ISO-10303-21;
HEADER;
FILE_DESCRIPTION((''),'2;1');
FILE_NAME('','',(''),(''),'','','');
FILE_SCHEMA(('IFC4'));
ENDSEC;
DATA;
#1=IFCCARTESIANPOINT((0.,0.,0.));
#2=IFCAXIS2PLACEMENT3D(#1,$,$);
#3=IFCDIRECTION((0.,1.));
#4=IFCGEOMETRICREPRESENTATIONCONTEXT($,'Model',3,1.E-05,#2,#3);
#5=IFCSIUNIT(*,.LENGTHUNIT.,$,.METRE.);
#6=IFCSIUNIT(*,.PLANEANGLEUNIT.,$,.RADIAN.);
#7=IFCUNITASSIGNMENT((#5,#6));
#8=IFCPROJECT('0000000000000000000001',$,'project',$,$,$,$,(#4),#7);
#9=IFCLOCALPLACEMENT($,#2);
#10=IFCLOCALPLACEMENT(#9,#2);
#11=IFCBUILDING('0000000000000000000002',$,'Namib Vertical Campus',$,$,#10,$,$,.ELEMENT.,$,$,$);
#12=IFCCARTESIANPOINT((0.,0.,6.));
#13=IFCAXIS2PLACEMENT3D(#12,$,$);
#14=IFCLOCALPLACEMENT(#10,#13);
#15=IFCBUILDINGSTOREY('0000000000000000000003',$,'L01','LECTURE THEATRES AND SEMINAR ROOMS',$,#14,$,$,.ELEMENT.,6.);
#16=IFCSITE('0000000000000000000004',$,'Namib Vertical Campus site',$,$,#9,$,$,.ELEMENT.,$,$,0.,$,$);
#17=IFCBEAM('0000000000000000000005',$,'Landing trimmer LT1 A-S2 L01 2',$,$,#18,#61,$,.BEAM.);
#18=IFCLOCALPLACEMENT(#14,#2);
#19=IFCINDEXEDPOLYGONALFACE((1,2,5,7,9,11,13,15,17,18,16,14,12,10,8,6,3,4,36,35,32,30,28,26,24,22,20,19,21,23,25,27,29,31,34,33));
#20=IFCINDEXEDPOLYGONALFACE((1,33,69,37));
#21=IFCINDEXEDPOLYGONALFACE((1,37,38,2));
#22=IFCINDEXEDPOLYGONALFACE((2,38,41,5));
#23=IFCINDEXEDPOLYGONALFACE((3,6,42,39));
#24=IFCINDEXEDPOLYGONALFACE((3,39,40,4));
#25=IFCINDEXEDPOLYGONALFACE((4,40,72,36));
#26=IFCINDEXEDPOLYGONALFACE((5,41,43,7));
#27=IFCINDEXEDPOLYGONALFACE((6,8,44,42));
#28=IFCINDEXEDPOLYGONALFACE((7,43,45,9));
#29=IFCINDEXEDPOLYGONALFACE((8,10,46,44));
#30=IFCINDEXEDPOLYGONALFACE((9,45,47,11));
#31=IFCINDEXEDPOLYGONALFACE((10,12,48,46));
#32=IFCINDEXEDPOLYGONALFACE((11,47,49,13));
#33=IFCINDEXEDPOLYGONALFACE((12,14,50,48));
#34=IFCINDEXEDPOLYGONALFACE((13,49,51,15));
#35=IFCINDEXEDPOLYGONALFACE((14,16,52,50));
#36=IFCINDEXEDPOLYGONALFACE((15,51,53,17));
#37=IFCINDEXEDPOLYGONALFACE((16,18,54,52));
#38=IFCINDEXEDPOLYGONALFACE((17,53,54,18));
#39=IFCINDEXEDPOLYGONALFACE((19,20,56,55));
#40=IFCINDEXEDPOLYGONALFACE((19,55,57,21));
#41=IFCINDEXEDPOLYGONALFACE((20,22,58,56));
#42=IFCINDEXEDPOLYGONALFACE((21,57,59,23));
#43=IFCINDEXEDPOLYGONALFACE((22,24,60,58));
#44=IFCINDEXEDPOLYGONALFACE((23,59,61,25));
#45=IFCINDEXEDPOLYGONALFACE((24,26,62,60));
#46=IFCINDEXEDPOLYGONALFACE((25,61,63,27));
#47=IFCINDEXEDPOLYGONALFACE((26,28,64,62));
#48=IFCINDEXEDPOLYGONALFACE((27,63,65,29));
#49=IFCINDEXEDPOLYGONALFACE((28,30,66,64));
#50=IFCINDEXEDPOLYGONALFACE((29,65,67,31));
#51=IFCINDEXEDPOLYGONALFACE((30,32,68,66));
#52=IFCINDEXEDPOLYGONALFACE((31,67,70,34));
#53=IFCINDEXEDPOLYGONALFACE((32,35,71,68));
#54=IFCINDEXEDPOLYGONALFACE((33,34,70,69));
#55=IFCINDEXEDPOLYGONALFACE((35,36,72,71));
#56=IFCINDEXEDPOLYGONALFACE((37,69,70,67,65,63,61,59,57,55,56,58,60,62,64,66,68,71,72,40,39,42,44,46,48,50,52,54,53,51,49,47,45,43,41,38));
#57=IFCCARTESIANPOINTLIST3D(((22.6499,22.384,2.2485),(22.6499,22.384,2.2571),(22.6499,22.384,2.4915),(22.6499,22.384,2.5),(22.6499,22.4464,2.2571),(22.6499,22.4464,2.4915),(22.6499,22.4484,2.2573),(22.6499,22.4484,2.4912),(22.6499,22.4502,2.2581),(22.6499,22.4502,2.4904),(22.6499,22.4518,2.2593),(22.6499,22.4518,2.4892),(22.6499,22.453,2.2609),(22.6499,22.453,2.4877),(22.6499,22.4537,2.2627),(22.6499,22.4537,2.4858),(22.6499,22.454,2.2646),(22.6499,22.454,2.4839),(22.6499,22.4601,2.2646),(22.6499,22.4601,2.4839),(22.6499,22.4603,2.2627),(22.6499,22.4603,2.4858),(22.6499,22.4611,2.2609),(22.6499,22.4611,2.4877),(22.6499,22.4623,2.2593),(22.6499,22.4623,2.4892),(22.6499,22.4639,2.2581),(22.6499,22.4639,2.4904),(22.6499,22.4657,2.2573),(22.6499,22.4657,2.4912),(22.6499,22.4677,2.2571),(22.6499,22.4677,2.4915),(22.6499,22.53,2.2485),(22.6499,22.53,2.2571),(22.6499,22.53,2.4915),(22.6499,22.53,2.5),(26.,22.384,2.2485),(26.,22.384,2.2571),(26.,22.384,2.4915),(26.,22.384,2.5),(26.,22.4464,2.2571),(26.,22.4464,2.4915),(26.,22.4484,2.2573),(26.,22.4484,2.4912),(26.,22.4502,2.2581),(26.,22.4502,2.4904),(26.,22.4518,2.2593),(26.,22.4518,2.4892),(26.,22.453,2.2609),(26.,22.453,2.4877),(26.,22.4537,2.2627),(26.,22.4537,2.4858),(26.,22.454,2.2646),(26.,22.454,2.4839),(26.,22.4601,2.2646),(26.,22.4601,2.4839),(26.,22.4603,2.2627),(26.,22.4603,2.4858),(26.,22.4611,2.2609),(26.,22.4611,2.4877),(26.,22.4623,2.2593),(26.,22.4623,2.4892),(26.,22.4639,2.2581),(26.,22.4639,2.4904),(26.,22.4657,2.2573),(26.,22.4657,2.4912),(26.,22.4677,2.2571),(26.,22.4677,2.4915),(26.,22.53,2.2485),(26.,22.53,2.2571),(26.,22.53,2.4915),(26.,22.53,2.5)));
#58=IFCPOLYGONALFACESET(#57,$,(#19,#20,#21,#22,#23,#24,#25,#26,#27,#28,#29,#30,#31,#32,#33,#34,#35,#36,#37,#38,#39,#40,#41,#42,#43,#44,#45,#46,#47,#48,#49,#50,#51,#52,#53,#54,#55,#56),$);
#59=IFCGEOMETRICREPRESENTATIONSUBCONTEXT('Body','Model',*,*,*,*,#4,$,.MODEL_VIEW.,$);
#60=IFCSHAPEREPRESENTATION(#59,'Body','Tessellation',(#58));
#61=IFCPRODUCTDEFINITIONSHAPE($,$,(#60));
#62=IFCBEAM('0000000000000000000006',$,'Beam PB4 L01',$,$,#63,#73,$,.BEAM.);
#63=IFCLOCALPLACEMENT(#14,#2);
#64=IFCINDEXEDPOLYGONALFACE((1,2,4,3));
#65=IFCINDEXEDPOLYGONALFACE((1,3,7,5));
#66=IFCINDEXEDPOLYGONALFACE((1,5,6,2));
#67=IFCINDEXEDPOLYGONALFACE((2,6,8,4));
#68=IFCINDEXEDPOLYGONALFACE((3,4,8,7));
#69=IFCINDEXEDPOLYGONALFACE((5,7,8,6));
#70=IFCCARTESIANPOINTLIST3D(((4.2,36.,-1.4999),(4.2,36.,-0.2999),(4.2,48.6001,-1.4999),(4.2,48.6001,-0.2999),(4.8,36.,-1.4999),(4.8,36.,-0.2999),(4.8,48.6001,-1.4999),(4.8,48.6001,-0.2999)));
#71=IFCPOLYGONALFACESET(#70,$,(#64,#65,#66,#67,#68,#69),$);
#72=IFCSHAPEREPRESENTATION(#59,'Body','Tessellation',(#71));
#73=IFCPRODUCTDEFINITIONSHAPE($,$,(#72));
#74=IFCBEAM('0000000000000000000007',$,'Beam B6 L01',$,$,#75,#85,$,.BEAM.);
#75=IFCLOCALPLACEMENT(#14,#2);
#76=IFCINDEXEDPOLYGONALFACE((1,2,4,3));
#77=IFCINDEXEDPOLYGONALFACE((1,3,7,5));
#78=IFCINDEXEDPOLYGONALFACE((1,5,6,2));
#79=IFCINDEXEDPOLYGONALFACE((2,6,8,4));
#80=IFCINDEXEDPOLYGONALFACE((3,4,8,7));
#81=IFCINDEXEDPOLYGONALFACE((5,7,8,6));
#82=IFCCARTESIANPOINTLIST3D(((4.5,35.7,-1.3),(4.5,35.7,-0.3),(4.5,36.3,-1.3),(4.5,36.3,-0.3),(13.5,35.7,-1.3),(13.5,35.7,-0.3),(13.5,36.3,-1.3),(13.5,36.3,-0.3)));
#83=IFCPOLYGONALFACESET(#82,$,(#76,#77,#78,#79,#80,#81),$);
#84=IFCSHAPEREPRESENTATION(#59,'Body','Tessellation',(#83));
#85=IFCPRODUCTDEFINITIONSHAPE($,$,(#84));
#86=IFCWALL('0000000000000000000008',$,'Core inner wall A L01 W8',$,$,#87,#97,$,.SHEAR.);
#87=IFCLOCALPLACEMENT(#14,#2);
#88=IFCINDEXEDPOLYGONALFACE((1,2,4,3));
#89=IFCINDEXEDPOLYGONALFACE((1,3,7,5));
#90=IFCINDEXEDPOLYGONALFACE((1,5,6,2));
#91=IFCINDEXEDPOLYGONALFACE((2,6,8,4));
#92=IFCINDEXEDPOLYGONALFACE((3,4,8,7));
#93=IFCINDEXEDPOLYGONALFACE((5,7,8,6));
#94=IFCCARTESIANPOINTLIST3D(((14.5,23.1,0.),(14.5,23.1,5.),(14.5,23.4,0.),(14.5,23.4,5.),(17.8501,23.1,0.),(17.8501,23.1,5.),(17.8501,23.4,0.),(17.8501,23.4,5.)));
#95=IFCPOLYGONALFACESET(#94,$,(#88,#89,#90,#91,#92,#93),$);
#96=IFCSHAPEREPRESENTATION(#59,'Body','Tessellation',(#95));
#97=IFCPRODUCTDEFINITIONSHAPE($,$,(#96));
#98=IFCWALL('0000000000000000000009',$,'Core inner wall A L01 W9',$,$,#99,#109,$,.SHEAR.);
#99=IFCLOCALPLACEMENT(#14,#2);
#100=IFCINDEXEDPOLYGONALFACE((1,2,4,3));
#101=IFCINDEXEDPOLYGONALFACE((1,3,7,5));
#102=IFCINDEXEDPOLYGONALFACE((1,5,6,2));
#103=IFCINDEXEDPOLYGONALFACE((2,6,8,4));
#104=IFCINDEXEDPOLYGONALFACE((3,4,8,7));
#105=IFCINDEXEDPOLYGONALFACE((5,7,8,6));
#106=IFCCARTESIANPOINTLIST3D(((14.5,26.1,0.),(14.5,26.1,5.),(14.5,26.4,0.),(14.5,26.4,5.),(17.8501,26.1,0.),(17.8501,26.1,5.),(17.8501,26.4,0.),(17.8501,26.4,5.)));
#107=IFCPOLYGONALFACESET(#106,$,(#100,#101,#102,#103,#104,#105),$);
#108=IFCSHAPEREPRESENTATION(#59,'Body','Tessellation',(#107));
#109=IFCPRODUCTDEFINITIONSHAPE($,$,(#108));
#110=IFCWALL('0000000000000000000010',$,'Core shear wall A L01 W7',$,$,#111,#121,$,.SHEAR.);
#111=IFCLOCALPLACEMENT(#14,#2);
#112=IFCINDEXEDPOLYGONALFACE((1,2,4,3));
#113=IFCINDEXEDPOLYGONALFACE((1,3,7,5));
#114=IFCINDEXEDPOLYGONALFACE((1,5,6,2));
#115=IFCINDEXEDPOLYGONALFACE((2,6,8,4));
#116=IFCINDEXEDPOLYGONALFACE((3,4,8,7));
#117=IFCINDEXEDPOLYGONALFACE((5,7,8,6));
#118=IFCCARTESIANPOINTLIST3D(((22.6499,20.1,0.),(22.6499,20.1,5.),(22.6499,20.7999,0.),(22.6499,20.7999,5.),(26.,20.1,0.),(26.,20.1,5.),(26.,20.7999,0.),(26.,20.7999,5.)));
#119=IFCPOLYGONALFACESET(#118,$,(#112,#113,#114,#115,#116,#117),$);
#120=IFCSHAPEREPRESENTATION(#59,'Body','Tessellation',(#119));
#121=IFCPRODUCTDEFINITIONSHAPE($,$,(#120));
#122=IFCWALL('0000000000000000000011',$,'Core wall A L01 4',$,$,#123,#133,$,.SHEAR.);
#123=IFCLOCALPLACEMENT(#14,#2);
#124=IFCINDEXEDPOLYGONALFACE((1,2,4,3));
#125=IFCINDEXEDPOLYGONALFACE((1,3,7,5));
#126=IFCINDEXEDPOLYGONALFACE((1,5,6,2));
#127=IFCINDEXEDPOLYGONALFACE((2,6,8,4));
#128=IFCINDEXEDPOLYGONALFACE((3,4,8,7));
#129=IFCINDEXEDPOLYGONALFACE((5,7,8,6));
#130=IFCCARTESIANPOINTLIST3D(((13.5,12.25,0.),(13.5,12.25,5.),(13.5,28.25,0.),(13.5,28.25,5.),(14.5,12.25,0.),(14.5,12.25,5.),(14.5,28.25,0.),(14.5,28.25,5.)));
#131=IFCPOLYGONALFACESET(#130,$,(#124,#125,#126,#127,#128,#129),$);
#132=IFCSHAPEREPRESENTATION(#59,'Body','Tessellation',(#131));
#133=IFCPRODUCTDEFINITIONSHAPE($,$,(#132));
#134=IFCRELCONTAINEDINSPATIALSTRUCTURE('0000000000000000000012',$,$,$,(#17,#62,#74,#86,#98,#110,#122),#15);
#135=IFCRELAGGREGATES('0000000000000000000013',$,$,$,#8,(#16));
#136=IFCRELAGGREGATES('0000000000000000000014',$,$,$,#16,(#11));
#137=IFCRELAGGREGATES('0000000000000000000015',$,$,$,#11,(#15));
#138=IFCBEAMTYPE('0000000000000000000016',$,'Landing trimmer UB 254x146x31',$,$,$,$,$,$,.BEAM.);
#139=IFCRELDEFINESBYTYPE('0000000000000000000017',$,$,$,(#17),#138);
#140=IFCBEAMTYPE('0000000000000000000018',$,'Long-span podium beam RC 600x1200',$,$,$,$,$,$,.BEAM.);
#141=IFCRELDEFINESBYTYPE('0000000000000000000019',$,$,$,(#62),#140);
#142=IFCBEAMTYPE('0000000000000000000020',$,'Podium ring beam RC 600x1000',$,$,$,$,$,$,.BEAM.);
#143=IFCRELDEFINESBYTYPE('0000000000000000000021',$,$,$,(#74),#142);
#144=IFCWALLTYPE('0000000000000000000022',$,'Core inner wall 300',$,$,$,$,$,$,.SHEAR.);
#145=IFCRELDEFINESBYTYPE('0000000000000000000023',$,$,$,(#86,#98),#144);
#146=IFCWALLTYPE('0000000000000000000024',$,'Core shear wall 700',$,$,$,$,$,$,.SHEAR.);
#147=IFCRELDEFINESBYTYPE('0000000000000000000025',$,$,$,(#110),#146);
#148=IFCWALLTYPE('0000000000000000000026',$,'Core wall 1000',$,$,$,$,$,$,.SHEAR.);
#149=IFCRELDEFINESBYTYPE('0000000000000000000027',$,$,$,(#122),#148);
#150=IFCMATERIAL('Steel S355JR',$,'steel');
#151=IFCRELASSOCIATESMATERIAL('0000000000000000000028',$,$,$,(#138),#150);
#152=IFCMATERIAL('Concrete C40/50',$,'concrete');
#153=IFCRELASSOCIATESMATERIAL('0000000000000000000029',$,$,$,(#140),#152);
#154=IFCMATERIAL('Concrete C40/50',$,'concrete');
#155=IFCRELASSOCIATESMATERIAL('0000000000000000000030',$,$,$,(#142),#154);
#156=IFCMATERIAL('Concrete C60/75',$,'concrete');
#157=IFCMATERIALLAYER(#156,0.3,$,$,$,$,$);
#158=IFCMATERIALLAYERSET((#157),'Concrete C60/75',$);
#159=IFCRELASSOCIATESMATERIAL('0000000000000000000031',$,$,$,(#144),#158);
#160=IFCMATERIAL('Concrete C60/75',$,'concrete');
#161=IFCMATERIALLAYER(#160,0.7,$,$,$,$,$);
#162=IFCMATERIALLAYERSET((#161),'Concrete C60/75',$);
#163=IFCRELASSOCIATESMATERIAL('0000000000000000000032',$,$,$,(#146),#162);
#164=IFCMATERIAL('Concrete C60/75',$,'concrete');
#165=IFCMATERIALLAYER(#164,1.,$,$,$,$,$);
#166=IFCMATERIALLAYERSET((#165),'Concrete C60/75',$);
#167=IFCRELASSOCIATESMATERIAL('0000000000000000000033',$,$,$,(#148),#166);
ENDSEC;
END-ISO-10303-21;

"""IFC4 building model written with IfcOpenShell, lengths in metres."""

from ifc_helpers import new_model, si_unit, direction, frame, frame_2d, origin, origin_2d, place, context, subcontext, project, spatial, rectangle, i_section, extrude, material, layer, layer_set, material_profile, profile_set, type_object, element, save


model = new_model("IFC4")

# Units and contexts
model_context = context("Model", 3, precision=1e-05, world=origin(), true_north=direction((0.0, 1.0)))
body_context = subcontext(model_context, "Body", "Model", "MODEL_VIEW")
ifc_project = project(units=[si_unit("LENGTHUNIT", "METRE"), si_unit("PLANEANGLEUNIT", "RADIAN")], contexts=[model_context])

# Site, building, storey
site_placement = place(None, origin())
site = spatial("IfcSite", under=ifc_project, at=site_placement, Name="Namib Vertical Campus site", CompositionType="ELEMENT", RefElevation=0.0)
building_placement = place(site_placement, origin())
building = spatial("IfcBuilding", under=site, at=building_placement, Name="Namib Vertical Campus", CompositionType="ELEMENT")
storey_placement = place(building_placement, frame((0.0, 0.0, 6.0)))
storey = spatial("IfcBuildingStorey", under=building, at=storey_placement, Name="L01", Description="LECTURE THEATRES AND SEMINAR ROOMS", CompositionType="ELEMENT", Elevation=6.0)

# Beams
ifc_material_1 = material(Name="Steel S355JR", Category="steel")
ifc_material_profile_1 = material_profile(ifc_material_1, i_section(OverallWidth=0.146, OverallDepth=0.2515, WebThickness=0.0061, FlangeThickness=0.0085, FilletRadius=0.0076, at=origin_2d()))
ifc_profile_set_1 = profile_set([ifc_material_profile_1], Name="Steel S355JR")
beam_type_1 = type_object("IfcBeamType", Name="Landing trimmer UB 254x146x31", PredefinedType="BEAM", material=ifc_profile_set_1)
beam_1_placement = place(storey_placement, frame((22.6499, 22.457, 2.3743), z_axis=(1.0, 0.0, 0.0), x_axis=(0.0, 1.0, 0.0)))
element("IfcBeam", 1, at=beam_1_placement, inside=storey, type_object=beam_type_1, Name="Landing trimmer LT1 A-S2 L01 2", PredefinedType="BEAM", context=body_context, shape_type="SweptSolid", body=[
    extrude(i_section(OverallWidth=0.146, OverallDepth=0.2515, WebThickness=0.0061, FlangeThickness=0.0085, FilletRadius=0.0076, at=origin_2d()), origin(), (0.0, 0.0, 1.0), 3.3501),
])
ifc_material_2 = material(Name="Concrete C40/50", Category="concrete")
ifc_material_profile_2 = material_profile(ifc_material_2, rectangle(XDim=0.6001, YDim=1.2, at=origin_2d()))
ifc_profile_set_2 = profile_set([ifc_material_profile_2], Name="Concrete C40/50")
beam_type_2 = type_object("IfcBeamType", Name="Long-span podium beam RC 600x1200", PredefinedType="BEAM", material=ifc_profile_set_2)
beam_2_placement = place(storey_placement, frame((4.5, 36.0, -0.8999), z_axis=(0.0, 1.0, 0.0), x_axis=(-1.0, 0.0, 0.0)))
element("IfcBeam", 2, at=beam_2_placement, inside=storey, type_object=beam_type_2, Name="Beam PB4 L01", PredefinedType="BEAM", context=body_context, shape_type="SweptSolid", body=[
    extrude(rectangle(XDim=0.6001, YDim=1.2, at=origin_2d()), origin(), (0.0, 0.0, 1.0), 12.6001),
])
ifc_material_3 = material(Name="Concrete C40/50", Category="concrete")
ifc_material_profile_3 = material_profile(ifc_material_3, rectangle(XDim=0.6001, YDim=1.0, at=origin_2d()))
ifc_profile_set_3 = profile_set([ifc_material_profile_3], Name="Concrete C40/50")
beam_type_3 = type_object("IfcBeamType", Name="Podium ring beam RC 600x1000", PredefinedType="BEAM", material=ifc_profile_set_3)
beam_3_placement = place(storey_placement, frame((4.5, 36.0, -0.8), z_axis=(1.0, 0.0, 0.0), x_axis=(0.0, 1.0, 0.0)))
element("IfcBeam", 3, at=beam_3_placement, inside=storey, type_object=beam_type_3, Name="Beam B6 L01", PredefinedType="BEAM", context=body_context, shape_type="SweptSolid", body=[
    extrude(rectangle(XDim=0.6001, YDim=1.0, at=origin_2d()), origin(), (0.0, 0.0, 1.0), 9.0),
])

# Walls
ifc_material_4 = material(Name="Concrete C60/75", Category="concrete")
ifc_layer_1 = layer(ifc_material_4, 0.3)
ifc_layer_set_1 = layer_set([ifc_layer_1], Name="Concrete C60/75")
wall_type_1 = type_object("IfcWallType", Name="Core inner wall 300", PredefinedType="SHEAR", material=ifc_layer_set_1)
for number, where, z_axis, x_axis, name in (
    (4, (14.5, 23.25, 0.0), (0.0, 0.0, 1.0), (1.0, 0.0, 0.0), "Core inner wall A L01 W8"),
    (5, (14.5, 26.25, 0.0), (0.0, 0.0, 1.0), (1.0, 0.0, 0.0), "Core inner wall A L01 W9"),
):
    element("IfcWall", number, at=place(storey_placement, frame(where, z_axis=z_axis, x_axis=x_axis)), inside=storey, type_object=wall_type_1, Name=name, PredefinedType="SHEAR", context=body_context, shape_type="SweptSolid", body=[
        extrude(rectangle(XDim=3.3501, YDim=0.3, at=frame_2d((1.675, 0.0))), origin(), (0.0, 0.0, 1.0), 5.0),
    ])
ifc_material_5 = material(Name="Concrete C60/75", Category="concrete")
ifc_layer_2 = layer(ifc_material_5, 0.7)
ifc_layer_set_2 = layer_set([ifc_layer_2], Name="Concrete C60/75")
wall_type_2 = type_object("IfcWallType", Name="Core shear wall 700", PredefinedType="SHEAR", material=ifc_layer_set_2)
wall_1_placement = place(storey_placement, frame((22.6499, 20.45, 0.0), z_axis=(0.0, 0.0, 1.0), x_axis=(1.0, 0.0, 0.0)))
element("IfcWall", 6, at=wall_1_placement, inside=storey, type_object=wall_type_2, Name="Core shear wall A L01 W7", PredefinedType="SHEAR", context=body_context, shape_type="SweptSolid", body=[
    extrude(rectangle(XDim=3.3501, YDim=0.7, at=frame_2d((1.675, 0.0))), origin(), (0.0, 0.0, 1.0), 5.0),
])
ifc_material_6 = material(Name="Concrete C60/75", Category="concrete")
ifc_layer_3 = layer(ifc_material_6, 1.0)
ifc_layer_set_3 = layer_set([ifc_layer_3], Name="Concrete C60/75")
wall_type_3 = type_object("IfcWallType", Name="Core wall 1000", PredefinedType="SHEAR", material=ifc_layer_set_3)
wall_2_placement = place(storey_placement, frame((14.0, 28.25, 0.0), z_axis=(0.0, 0.0, 1.0), x_axis=(0.0, -1.0, 0.0)))
element("IfcWall", 7, at=wall_2_placement, inside=storey, type_object=wall_type_3, Name="Core wall A L01 4", PredefinedType="SHEAR", context=body_context, shape_type="SweptSolid", body=[
    extrude(rectangle(XDim=16.0, YDim=1.0, at=frame_2d((8.0, 0.0))), origin(), (0.0, 0.0, 1.0), 5.0),
])

save(model, "model.ifc")
